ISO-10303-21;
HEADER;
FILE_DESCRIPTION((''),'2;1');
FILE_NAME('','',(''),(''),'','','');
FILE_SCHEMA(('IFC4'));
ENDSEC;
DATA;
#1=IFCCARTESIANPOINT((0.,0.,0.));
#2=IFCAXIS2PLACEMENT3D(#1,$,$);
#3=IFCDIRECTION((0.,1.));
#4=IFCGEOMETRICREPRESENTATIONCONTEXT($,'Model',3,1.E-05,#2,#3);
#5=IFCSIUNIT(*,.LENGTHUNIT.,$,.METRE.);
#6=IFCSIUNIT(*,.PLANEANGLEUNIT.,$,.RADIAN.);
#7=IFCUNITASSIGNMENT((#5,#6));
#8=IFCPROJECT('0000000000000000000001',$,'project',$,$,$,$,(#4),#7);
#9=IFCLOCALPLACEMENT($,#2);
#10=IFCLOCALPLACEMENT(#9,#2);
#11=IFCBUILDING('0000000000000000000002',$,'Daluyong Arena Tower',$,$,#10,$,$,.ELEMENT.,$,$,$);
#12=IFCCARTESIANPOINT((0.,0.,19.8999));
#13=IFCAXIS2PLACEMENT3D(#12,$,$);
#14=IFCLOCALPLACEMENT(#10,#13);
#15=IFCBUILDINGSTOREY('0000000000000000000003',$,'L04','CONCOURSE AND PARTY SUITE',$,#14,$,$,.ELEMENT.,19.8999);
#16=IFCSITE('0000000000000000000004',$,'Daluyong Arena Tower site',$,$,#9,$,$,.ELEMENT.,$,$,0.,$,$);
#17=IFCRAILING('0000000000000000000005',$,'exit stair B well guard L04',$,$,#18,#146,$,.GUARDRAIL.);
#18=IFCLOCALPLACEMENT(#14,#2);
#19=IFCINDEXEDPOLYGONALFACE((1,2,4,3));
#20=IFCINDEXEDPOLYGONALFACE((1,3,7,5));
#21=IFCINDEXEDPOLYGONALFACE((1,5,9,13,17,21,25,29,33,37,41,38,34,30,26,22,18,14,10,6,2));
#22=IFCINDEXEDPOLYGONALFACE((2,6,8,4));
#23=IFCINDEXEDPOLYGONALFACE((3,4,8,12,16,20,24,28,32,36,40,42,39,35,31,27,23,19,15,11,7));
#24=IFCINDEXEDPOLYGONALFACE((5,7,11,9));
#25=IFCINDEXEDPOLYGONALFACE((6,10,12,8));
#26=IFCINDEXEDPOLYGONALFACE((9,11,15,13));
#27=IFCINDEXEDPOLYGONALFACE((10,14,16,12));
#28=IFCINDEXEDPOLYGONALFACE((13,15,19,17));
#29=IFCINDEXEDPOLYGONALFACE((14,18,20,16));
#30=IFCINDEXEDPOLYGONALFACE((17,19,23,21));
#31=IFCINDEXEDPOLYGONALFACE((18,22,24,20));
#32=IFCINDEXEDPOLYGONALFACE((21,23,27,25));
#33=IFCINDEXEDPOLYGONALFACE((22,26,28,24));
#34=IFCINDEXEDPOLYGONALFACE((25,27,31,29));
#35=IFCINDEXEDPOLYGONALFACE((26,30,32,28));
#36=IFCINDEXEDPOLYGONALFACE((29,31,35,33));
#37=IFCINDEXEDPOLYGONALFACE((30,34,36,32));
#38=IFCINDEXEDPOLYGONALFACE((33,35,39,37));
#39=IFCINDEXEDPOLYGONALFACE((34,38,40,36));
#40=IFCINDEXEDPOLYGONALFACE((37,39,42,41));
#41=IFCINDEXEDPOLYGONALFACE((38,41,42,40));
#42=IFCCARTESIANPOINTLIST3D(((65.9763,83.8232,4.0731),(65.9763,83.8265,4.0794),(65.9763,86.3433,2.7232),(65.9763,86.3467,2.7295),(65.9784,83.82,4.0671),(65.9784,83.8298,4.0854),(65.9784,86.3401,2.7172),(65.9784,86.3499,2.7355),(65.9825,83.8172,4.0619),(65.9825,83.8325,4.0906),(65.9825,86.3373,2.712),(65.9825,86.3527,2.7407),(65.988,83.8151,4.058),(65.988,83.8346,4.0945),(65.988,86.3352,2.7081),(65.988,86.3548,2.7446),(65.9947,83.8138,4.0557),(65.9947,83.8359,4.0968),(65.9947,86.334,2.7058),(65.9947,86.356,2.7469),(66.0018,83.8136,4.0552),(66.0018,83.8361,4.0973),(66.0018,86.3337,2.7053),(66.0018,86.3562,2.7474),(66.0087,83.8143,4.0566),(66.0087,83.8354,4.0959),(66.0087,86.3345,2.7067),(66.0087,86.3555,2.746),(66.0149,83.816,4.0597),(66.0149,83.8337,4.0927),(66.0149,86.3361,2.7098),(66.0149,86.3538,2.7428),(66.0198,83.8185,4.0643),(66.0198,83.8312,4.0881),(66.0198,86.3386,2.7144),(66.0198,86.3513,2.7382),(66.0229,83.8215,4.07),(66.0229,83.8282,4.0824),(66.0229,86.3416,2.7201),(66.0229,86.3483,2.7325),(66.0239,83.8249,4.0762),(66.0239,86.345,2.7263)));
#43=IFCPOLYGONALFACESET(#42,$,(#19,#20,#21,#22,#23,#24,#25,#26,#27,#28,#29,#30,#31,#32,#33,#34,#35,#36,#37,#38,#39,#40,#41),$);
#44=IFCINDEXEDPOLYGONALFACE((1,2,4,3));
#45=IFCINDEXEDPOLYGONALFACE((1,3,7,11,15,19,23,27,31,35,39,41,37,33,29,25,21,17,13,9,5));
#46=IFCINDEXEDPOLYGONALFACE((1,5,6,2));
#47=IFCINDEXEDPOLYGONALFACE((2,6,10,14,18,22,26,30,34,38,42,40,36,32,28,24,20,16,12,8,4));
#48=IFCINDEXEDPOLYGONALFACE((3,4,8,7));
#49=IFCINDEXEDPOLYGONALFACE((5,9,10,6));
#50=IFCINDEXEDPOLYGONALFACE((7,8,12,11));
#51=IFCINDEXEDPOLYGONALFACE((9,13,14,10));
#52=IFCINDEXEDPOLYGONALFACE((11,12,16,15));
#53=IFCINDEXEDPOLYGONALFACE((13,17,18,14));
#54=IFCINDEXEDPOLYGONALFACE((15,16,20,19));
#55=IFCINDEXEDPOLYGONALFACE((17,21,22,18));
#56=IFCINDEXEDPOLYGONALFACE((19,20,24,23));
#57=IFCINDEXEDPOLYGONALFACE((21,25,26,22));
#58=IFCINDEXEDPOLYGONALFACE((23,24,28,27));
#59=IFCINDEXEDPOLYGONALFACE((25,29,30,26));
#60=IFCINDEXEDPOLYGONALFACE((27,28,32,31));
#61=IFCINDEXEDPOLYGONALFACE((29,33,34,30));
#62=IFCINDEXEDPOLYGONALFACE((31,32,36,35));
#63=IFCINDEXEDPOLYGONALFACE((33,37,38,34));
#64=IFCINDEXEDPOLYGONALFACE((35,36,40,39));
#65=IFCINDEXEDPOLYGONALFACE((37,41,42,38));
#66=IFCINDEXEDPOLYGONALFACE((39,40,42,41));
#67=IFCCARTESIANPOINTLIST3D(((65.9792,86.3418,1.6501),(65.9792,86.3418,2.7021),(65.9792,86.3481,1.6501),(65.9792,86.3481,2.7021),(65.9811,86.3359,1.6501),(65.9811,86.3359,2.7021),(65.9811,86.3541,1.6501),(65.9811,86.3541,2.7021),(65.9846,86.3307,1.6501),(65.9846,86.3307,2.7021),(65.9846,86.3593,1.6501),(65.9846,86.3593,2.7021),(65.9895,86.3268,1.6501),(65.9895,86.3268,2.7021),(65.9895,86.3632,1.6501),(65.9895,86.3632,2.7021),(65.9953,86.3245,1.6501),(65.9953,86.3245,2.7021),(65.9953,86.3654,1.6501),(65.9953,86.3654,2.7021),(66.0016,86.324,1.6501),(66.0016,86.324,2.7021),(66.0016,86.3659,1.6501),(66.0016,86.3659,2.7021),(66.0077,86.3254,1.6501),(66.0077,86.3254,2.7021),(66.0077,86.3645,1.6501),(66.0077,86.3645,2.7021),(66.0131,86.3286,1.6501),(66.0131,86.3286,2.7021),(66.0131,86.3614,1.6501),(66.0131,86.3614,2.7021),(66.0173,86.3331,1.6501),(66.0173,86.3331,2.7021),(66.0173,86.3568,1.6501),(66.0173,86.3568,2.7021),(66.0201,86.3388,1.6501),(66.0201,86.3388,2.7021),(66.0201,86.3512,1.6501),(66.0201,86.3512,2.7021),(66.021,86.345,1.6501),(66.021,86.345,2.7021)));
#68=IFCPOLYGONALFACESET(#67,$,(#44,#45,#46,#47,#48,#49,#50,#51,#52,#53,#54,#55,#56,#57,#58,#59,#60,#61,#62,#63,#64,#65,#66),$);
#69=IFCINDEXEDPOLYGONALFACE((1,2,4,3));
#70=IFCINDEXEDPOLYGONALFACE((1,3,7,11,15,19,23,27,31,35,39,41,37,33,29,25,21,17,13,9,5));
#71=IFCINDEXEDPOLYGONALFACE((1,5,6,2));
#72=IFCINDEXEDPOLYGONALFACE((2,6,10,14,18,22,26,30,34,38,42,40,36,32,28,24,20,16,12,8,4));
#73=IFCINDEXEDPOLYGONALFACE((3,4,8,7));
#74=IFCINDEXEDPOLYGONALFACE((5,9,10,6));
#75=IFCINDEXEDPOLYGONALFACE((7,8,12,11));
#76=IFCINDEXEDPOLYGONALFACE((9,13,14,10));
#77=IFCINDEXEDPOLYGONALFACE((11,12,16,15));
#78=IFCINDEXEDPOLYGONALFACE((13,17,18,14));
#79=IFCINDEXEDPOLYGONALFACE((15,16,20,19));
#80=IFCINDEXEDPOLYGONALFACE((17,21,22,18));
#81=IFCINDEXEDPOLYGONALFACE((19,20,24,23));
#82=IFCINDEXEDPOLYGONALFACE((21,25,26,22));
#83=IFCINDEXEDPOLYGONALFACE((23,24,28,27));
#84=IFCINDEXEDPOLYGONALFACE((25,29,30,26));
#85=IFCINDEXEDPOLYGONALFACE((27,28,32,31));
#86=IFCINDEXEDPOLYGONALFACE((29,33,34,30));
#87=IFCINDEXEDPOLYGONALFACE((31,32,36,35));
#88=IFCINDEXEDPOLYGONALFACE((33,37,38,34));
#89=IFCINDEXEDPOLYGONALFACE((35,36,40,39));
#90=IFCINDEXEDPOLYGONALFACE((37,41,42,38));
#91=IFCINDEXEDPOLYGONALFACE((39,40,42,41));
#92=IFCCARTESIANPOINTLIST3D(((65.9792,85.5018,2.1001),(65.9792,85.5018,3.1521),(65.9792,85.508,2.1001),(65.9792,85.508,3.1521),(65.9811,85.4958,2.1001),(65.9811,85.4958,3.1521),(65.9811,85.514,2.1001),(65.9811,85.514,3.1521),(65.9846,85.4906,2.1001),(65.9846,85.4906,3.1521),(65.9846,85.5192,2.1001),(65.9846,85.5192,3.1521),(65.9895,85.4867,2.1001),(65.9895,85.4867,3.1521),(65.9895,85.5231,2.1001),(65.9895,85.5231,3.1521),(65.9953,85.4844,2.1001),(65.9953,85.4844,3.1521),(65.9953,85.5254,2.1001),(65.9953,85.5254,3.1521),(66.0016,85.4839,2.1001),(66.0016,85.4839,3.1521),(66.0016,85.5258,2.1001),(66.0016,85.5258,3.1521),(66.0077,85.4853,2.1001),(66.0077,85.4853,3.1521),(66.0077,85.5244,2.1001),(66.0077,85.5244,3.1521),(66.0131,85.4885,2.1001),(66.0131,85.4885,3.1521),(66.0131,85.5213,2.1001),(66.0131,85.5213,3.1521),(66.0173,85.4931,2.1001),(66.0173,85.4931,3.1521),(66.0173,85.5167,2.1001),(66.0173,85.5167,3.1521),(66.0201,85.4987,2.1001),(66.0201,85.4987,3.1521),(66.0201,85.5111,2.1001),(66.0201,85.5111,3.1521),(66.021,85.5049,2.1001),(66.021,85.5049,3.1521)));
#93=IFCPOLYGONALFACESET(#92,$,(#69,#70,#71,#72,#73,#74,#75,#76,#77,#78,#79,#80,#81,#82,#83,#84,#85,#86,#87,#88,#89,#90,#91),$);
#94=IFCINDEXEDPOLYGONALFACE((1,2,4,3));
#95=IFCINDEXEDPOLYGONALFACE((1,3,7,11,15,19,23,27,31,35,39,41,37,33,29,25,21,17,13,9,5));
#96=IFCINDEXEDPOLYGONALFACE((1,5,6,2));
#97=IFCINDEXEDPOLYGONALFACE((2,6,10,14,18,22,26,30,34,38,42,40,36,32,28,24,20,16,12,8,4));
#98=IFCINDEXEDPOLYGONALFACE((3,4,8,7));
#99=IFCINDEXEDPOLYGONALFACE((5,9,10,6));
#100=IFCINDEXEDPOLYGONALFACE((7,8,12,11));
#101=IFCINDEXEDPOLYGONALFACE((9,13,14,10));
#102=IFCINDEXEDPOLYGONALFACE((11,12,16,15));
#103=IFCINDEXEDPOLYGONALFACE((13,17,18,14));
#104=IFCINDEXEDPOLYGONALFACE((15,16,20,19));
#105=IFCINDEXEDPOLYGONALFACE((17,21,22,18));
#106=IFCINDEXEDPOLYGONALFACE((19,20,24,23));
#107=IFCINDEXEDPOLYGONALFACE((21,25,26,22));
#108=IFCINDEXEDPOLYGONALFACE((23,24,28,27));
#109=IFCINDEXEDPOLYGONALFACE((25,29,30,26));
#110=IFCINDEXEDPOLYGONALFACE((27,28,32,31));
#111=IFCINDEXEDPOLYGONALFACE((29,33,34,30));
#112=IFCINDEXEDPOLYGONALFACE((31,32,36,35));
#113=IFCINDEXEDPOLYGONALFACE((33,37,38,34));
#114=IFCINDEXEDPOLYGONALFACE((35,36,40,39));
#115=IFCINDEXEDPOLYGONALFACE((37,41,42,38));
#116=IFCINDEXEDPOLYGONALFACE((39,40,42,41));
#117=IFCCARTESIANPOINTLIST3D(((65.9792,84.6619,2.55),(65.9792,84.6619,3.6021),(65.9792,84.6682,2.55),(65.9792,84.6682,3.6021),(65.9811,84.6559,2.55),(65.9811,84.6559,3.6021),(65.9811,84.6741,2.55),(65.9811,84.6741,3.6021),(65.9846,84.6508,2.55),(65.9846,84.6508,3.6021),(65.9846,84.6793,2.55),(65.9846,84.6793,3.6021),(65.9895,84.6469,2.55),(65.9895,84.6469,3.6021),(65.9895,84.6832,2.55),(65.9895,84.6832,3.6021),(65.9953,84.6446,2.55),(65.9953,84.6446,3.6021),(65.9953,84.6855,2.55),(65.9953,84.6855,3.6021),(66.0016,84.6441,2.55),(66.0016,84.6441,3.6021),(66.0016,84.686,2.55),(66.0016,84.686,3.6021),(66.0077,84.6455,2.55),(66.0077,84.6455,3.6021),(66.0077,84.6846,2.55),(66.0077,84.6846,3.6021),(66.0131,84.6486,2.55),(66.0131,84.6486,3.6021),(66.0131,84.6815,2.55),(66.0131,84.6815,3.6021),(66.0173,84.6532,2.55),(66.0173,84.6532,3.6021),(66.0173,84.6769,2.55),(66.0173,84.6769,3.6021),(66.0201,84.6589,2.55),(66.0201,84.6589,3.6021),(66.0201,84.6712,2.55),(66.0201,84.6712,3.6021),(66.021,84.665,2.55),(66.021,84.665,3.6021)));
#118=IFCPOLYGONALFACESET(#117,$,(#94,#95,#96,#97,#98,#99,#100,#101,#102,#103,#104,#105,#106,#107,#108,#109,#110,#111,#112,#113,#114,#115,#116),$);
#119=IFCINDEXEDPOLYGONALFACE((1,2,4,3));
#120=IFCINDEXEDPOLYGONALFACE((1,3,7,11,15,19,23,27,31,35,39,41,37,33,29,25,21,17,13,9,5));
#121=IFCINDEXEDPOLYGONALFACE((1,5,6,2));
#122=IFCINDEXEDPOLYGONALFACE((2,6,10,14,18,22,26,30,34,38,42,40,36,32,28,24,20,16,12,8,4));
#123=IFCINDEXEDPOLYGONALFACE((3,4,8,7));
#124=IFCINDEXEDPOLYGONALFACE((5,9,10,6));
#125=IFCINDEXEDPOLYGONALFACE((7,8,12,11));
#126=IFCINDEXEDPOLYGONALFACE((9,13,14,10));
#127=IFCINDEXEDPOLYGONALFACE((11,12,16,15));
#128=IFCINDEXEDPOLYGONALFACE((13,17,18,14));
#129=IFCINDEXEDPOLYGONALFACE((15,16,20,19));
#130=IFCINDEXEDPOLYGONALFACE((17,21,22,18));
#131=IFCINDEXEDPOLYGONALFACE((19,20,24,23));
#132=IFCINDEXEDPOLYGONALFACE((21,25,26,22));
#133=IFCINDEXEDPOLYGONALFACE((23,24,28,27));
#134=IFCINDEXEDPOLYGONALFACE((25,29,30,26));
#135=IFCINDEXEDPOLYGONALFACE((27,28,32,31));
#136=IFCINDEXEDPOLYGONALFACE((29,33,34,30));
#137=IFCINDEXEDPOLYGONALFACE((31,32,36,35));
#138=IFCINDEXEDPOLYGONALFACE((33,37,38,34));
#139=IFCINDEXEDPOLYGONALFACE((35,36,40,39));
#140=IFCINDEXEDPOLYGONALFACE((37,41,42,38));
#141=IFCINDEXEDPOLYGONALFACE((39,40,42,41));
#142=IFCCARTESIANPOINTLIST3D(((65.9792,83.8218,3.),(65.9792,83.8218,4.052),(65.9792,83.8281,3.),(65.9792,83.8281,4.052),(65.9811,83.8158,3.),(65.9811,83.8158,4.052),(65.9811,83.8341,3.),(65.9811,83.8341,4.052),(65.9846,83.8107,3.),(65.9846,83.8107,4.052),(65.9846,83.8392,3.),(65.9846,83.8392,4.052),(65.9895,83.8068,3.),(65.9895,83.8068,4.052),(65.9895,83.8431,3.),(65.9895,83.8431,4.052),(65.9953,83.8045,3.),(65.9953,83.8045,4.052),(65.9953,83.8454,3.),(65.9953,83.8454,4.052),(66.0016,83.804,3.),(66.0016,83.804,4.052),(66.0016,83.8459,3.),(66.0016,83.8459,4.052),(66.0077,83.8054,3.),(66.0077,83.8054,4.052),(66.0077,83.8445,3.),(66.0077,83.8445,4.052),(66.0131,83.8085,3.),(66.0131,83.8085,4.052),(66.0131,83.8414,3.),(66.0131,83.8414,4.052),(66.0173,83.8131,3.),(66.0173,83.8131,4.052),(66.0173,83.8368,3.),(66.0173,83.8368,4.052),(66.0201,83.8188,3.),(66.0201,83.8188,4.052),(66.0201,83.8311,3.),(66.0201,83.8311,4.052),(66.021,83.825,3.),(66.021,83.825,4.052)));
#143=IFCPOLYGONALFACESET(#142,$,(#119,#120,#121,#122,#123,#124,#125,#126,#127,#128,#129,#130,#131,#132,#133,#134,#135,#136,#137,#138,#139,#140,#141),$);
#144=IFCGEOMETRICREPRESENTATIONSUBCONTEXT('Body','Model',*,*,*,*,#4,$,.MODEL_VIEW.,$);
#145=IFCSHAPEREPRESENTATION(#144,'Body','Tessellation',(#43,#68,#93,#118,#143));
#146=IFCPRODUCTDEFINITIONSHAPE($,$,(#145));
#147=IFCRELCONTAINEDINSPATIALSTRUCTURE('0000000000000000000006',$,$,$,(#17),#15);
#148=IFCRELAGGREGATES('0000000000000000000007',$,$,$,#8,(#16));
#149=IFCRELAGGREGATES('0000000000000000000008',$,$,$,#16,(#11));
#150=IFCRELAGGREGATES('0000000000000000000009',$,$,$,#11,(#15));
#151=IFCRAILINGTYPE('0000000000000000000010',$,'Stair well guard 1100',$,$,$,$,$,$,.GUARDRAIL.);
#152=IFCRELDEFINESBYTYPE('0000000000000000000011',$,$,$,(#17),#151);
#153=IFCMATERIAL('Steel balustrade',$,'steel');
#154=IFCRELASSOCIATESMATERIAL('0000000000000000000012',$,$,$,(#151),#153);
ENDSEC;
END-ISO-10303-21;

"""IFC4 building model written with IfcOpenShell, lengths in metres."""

from ifc_helpers import new_model, si_unit, direction, frame, origin, origin_2d, place, context, subcontext, project, spatial, circle, extrude, material, type_object, element, save


model = new_model("IFC4")

# Units and contexts
model_context = context("Model", 3, precision=1e-05, world=origin(), true_north=direction((0.0, 1.0)))
body_context = subcontext(model_context, "Body", "Model", "MODEL_VIEW")
ifc_project = project(units=[si_unit("LENGTHUNIT", "METRE"), si_unit("PLANEANGLEUNIT", "RADIAN")], contexts=[model_context])

# Site, building, storey
site_placement = place(None, origin())
site = spatial("IfcSite", under=ifc_project, at=site_placement, Name="Daluyong Arena Tower site", CompositionType="ELEMENT", RefElevation=0.0)
building_placement = place(site_placement, origin())
building = spatial("IfcBuilding", under=site, at=building_placement, Name="Daluyong Arena Tower", CompositionType="ELEMENT")
storey_placement = place(building_placement, frame((0.0, 0.0, 19.8999)))
storey = spatial("IfcBuildingStorey", under=building, at=storey_placement, Name="L04", Description="CONCOURSE AND PARTY SUITE", CompositionType="ELEMENT", Elevation=19.8999)

# Railing
ifc_material_1 = material(Name="Steel balustrade", Category="steel")
railing_type_1 = type_object("IfcRailingType", Name="Stair well guard 1100", PredefinedType="GUARDRAIL", material=ifc_material_1)
railing_1_placement = place(storey_placement, frame((66.0, 86.345, 1.6501)))
element("IfcRailing", 1, at=railing_1_placement, inside=storey, type_object=railing_type_1, Name="exit stair B well guard L04", PredefinedType="GUARDRAIL", context=body_context, shape_type="SweptSolid", body=[
    extrude(circle(Radius=0.0239, at=origin_2d()), frame((0.0, 0.0, 1.0762), z_axis=(0.0, -0.881503, 0.472179), x_axis=(1.0, 0.0, 0.0)), (0.0, 0.0, 1.0), 2.8589),
    extrude(circle(Radius=0.021, at=origin_2d()), origin(), (0.0, 0.0, 1.0), 1.052),
    extrude(circle(Radius=0.021, at=origin_2d()), frame((0.0, -0.8401, 0.45)), (0.0, 0.0, 1.0), 1.052),
    extrude(circle(Radius=0.021, at=origin_2d()), frame((0.0, -1.6799, 0.8999)), (0.0, 0.0, 1.0), 1.052),
    extrude(circle(Radius=0.021, at=origin_2d()), frame((0.0, -2.52, 1.3499)), (0.0, 0.0, 1.0), 1.052),
])

save(model, "model.ifc")
